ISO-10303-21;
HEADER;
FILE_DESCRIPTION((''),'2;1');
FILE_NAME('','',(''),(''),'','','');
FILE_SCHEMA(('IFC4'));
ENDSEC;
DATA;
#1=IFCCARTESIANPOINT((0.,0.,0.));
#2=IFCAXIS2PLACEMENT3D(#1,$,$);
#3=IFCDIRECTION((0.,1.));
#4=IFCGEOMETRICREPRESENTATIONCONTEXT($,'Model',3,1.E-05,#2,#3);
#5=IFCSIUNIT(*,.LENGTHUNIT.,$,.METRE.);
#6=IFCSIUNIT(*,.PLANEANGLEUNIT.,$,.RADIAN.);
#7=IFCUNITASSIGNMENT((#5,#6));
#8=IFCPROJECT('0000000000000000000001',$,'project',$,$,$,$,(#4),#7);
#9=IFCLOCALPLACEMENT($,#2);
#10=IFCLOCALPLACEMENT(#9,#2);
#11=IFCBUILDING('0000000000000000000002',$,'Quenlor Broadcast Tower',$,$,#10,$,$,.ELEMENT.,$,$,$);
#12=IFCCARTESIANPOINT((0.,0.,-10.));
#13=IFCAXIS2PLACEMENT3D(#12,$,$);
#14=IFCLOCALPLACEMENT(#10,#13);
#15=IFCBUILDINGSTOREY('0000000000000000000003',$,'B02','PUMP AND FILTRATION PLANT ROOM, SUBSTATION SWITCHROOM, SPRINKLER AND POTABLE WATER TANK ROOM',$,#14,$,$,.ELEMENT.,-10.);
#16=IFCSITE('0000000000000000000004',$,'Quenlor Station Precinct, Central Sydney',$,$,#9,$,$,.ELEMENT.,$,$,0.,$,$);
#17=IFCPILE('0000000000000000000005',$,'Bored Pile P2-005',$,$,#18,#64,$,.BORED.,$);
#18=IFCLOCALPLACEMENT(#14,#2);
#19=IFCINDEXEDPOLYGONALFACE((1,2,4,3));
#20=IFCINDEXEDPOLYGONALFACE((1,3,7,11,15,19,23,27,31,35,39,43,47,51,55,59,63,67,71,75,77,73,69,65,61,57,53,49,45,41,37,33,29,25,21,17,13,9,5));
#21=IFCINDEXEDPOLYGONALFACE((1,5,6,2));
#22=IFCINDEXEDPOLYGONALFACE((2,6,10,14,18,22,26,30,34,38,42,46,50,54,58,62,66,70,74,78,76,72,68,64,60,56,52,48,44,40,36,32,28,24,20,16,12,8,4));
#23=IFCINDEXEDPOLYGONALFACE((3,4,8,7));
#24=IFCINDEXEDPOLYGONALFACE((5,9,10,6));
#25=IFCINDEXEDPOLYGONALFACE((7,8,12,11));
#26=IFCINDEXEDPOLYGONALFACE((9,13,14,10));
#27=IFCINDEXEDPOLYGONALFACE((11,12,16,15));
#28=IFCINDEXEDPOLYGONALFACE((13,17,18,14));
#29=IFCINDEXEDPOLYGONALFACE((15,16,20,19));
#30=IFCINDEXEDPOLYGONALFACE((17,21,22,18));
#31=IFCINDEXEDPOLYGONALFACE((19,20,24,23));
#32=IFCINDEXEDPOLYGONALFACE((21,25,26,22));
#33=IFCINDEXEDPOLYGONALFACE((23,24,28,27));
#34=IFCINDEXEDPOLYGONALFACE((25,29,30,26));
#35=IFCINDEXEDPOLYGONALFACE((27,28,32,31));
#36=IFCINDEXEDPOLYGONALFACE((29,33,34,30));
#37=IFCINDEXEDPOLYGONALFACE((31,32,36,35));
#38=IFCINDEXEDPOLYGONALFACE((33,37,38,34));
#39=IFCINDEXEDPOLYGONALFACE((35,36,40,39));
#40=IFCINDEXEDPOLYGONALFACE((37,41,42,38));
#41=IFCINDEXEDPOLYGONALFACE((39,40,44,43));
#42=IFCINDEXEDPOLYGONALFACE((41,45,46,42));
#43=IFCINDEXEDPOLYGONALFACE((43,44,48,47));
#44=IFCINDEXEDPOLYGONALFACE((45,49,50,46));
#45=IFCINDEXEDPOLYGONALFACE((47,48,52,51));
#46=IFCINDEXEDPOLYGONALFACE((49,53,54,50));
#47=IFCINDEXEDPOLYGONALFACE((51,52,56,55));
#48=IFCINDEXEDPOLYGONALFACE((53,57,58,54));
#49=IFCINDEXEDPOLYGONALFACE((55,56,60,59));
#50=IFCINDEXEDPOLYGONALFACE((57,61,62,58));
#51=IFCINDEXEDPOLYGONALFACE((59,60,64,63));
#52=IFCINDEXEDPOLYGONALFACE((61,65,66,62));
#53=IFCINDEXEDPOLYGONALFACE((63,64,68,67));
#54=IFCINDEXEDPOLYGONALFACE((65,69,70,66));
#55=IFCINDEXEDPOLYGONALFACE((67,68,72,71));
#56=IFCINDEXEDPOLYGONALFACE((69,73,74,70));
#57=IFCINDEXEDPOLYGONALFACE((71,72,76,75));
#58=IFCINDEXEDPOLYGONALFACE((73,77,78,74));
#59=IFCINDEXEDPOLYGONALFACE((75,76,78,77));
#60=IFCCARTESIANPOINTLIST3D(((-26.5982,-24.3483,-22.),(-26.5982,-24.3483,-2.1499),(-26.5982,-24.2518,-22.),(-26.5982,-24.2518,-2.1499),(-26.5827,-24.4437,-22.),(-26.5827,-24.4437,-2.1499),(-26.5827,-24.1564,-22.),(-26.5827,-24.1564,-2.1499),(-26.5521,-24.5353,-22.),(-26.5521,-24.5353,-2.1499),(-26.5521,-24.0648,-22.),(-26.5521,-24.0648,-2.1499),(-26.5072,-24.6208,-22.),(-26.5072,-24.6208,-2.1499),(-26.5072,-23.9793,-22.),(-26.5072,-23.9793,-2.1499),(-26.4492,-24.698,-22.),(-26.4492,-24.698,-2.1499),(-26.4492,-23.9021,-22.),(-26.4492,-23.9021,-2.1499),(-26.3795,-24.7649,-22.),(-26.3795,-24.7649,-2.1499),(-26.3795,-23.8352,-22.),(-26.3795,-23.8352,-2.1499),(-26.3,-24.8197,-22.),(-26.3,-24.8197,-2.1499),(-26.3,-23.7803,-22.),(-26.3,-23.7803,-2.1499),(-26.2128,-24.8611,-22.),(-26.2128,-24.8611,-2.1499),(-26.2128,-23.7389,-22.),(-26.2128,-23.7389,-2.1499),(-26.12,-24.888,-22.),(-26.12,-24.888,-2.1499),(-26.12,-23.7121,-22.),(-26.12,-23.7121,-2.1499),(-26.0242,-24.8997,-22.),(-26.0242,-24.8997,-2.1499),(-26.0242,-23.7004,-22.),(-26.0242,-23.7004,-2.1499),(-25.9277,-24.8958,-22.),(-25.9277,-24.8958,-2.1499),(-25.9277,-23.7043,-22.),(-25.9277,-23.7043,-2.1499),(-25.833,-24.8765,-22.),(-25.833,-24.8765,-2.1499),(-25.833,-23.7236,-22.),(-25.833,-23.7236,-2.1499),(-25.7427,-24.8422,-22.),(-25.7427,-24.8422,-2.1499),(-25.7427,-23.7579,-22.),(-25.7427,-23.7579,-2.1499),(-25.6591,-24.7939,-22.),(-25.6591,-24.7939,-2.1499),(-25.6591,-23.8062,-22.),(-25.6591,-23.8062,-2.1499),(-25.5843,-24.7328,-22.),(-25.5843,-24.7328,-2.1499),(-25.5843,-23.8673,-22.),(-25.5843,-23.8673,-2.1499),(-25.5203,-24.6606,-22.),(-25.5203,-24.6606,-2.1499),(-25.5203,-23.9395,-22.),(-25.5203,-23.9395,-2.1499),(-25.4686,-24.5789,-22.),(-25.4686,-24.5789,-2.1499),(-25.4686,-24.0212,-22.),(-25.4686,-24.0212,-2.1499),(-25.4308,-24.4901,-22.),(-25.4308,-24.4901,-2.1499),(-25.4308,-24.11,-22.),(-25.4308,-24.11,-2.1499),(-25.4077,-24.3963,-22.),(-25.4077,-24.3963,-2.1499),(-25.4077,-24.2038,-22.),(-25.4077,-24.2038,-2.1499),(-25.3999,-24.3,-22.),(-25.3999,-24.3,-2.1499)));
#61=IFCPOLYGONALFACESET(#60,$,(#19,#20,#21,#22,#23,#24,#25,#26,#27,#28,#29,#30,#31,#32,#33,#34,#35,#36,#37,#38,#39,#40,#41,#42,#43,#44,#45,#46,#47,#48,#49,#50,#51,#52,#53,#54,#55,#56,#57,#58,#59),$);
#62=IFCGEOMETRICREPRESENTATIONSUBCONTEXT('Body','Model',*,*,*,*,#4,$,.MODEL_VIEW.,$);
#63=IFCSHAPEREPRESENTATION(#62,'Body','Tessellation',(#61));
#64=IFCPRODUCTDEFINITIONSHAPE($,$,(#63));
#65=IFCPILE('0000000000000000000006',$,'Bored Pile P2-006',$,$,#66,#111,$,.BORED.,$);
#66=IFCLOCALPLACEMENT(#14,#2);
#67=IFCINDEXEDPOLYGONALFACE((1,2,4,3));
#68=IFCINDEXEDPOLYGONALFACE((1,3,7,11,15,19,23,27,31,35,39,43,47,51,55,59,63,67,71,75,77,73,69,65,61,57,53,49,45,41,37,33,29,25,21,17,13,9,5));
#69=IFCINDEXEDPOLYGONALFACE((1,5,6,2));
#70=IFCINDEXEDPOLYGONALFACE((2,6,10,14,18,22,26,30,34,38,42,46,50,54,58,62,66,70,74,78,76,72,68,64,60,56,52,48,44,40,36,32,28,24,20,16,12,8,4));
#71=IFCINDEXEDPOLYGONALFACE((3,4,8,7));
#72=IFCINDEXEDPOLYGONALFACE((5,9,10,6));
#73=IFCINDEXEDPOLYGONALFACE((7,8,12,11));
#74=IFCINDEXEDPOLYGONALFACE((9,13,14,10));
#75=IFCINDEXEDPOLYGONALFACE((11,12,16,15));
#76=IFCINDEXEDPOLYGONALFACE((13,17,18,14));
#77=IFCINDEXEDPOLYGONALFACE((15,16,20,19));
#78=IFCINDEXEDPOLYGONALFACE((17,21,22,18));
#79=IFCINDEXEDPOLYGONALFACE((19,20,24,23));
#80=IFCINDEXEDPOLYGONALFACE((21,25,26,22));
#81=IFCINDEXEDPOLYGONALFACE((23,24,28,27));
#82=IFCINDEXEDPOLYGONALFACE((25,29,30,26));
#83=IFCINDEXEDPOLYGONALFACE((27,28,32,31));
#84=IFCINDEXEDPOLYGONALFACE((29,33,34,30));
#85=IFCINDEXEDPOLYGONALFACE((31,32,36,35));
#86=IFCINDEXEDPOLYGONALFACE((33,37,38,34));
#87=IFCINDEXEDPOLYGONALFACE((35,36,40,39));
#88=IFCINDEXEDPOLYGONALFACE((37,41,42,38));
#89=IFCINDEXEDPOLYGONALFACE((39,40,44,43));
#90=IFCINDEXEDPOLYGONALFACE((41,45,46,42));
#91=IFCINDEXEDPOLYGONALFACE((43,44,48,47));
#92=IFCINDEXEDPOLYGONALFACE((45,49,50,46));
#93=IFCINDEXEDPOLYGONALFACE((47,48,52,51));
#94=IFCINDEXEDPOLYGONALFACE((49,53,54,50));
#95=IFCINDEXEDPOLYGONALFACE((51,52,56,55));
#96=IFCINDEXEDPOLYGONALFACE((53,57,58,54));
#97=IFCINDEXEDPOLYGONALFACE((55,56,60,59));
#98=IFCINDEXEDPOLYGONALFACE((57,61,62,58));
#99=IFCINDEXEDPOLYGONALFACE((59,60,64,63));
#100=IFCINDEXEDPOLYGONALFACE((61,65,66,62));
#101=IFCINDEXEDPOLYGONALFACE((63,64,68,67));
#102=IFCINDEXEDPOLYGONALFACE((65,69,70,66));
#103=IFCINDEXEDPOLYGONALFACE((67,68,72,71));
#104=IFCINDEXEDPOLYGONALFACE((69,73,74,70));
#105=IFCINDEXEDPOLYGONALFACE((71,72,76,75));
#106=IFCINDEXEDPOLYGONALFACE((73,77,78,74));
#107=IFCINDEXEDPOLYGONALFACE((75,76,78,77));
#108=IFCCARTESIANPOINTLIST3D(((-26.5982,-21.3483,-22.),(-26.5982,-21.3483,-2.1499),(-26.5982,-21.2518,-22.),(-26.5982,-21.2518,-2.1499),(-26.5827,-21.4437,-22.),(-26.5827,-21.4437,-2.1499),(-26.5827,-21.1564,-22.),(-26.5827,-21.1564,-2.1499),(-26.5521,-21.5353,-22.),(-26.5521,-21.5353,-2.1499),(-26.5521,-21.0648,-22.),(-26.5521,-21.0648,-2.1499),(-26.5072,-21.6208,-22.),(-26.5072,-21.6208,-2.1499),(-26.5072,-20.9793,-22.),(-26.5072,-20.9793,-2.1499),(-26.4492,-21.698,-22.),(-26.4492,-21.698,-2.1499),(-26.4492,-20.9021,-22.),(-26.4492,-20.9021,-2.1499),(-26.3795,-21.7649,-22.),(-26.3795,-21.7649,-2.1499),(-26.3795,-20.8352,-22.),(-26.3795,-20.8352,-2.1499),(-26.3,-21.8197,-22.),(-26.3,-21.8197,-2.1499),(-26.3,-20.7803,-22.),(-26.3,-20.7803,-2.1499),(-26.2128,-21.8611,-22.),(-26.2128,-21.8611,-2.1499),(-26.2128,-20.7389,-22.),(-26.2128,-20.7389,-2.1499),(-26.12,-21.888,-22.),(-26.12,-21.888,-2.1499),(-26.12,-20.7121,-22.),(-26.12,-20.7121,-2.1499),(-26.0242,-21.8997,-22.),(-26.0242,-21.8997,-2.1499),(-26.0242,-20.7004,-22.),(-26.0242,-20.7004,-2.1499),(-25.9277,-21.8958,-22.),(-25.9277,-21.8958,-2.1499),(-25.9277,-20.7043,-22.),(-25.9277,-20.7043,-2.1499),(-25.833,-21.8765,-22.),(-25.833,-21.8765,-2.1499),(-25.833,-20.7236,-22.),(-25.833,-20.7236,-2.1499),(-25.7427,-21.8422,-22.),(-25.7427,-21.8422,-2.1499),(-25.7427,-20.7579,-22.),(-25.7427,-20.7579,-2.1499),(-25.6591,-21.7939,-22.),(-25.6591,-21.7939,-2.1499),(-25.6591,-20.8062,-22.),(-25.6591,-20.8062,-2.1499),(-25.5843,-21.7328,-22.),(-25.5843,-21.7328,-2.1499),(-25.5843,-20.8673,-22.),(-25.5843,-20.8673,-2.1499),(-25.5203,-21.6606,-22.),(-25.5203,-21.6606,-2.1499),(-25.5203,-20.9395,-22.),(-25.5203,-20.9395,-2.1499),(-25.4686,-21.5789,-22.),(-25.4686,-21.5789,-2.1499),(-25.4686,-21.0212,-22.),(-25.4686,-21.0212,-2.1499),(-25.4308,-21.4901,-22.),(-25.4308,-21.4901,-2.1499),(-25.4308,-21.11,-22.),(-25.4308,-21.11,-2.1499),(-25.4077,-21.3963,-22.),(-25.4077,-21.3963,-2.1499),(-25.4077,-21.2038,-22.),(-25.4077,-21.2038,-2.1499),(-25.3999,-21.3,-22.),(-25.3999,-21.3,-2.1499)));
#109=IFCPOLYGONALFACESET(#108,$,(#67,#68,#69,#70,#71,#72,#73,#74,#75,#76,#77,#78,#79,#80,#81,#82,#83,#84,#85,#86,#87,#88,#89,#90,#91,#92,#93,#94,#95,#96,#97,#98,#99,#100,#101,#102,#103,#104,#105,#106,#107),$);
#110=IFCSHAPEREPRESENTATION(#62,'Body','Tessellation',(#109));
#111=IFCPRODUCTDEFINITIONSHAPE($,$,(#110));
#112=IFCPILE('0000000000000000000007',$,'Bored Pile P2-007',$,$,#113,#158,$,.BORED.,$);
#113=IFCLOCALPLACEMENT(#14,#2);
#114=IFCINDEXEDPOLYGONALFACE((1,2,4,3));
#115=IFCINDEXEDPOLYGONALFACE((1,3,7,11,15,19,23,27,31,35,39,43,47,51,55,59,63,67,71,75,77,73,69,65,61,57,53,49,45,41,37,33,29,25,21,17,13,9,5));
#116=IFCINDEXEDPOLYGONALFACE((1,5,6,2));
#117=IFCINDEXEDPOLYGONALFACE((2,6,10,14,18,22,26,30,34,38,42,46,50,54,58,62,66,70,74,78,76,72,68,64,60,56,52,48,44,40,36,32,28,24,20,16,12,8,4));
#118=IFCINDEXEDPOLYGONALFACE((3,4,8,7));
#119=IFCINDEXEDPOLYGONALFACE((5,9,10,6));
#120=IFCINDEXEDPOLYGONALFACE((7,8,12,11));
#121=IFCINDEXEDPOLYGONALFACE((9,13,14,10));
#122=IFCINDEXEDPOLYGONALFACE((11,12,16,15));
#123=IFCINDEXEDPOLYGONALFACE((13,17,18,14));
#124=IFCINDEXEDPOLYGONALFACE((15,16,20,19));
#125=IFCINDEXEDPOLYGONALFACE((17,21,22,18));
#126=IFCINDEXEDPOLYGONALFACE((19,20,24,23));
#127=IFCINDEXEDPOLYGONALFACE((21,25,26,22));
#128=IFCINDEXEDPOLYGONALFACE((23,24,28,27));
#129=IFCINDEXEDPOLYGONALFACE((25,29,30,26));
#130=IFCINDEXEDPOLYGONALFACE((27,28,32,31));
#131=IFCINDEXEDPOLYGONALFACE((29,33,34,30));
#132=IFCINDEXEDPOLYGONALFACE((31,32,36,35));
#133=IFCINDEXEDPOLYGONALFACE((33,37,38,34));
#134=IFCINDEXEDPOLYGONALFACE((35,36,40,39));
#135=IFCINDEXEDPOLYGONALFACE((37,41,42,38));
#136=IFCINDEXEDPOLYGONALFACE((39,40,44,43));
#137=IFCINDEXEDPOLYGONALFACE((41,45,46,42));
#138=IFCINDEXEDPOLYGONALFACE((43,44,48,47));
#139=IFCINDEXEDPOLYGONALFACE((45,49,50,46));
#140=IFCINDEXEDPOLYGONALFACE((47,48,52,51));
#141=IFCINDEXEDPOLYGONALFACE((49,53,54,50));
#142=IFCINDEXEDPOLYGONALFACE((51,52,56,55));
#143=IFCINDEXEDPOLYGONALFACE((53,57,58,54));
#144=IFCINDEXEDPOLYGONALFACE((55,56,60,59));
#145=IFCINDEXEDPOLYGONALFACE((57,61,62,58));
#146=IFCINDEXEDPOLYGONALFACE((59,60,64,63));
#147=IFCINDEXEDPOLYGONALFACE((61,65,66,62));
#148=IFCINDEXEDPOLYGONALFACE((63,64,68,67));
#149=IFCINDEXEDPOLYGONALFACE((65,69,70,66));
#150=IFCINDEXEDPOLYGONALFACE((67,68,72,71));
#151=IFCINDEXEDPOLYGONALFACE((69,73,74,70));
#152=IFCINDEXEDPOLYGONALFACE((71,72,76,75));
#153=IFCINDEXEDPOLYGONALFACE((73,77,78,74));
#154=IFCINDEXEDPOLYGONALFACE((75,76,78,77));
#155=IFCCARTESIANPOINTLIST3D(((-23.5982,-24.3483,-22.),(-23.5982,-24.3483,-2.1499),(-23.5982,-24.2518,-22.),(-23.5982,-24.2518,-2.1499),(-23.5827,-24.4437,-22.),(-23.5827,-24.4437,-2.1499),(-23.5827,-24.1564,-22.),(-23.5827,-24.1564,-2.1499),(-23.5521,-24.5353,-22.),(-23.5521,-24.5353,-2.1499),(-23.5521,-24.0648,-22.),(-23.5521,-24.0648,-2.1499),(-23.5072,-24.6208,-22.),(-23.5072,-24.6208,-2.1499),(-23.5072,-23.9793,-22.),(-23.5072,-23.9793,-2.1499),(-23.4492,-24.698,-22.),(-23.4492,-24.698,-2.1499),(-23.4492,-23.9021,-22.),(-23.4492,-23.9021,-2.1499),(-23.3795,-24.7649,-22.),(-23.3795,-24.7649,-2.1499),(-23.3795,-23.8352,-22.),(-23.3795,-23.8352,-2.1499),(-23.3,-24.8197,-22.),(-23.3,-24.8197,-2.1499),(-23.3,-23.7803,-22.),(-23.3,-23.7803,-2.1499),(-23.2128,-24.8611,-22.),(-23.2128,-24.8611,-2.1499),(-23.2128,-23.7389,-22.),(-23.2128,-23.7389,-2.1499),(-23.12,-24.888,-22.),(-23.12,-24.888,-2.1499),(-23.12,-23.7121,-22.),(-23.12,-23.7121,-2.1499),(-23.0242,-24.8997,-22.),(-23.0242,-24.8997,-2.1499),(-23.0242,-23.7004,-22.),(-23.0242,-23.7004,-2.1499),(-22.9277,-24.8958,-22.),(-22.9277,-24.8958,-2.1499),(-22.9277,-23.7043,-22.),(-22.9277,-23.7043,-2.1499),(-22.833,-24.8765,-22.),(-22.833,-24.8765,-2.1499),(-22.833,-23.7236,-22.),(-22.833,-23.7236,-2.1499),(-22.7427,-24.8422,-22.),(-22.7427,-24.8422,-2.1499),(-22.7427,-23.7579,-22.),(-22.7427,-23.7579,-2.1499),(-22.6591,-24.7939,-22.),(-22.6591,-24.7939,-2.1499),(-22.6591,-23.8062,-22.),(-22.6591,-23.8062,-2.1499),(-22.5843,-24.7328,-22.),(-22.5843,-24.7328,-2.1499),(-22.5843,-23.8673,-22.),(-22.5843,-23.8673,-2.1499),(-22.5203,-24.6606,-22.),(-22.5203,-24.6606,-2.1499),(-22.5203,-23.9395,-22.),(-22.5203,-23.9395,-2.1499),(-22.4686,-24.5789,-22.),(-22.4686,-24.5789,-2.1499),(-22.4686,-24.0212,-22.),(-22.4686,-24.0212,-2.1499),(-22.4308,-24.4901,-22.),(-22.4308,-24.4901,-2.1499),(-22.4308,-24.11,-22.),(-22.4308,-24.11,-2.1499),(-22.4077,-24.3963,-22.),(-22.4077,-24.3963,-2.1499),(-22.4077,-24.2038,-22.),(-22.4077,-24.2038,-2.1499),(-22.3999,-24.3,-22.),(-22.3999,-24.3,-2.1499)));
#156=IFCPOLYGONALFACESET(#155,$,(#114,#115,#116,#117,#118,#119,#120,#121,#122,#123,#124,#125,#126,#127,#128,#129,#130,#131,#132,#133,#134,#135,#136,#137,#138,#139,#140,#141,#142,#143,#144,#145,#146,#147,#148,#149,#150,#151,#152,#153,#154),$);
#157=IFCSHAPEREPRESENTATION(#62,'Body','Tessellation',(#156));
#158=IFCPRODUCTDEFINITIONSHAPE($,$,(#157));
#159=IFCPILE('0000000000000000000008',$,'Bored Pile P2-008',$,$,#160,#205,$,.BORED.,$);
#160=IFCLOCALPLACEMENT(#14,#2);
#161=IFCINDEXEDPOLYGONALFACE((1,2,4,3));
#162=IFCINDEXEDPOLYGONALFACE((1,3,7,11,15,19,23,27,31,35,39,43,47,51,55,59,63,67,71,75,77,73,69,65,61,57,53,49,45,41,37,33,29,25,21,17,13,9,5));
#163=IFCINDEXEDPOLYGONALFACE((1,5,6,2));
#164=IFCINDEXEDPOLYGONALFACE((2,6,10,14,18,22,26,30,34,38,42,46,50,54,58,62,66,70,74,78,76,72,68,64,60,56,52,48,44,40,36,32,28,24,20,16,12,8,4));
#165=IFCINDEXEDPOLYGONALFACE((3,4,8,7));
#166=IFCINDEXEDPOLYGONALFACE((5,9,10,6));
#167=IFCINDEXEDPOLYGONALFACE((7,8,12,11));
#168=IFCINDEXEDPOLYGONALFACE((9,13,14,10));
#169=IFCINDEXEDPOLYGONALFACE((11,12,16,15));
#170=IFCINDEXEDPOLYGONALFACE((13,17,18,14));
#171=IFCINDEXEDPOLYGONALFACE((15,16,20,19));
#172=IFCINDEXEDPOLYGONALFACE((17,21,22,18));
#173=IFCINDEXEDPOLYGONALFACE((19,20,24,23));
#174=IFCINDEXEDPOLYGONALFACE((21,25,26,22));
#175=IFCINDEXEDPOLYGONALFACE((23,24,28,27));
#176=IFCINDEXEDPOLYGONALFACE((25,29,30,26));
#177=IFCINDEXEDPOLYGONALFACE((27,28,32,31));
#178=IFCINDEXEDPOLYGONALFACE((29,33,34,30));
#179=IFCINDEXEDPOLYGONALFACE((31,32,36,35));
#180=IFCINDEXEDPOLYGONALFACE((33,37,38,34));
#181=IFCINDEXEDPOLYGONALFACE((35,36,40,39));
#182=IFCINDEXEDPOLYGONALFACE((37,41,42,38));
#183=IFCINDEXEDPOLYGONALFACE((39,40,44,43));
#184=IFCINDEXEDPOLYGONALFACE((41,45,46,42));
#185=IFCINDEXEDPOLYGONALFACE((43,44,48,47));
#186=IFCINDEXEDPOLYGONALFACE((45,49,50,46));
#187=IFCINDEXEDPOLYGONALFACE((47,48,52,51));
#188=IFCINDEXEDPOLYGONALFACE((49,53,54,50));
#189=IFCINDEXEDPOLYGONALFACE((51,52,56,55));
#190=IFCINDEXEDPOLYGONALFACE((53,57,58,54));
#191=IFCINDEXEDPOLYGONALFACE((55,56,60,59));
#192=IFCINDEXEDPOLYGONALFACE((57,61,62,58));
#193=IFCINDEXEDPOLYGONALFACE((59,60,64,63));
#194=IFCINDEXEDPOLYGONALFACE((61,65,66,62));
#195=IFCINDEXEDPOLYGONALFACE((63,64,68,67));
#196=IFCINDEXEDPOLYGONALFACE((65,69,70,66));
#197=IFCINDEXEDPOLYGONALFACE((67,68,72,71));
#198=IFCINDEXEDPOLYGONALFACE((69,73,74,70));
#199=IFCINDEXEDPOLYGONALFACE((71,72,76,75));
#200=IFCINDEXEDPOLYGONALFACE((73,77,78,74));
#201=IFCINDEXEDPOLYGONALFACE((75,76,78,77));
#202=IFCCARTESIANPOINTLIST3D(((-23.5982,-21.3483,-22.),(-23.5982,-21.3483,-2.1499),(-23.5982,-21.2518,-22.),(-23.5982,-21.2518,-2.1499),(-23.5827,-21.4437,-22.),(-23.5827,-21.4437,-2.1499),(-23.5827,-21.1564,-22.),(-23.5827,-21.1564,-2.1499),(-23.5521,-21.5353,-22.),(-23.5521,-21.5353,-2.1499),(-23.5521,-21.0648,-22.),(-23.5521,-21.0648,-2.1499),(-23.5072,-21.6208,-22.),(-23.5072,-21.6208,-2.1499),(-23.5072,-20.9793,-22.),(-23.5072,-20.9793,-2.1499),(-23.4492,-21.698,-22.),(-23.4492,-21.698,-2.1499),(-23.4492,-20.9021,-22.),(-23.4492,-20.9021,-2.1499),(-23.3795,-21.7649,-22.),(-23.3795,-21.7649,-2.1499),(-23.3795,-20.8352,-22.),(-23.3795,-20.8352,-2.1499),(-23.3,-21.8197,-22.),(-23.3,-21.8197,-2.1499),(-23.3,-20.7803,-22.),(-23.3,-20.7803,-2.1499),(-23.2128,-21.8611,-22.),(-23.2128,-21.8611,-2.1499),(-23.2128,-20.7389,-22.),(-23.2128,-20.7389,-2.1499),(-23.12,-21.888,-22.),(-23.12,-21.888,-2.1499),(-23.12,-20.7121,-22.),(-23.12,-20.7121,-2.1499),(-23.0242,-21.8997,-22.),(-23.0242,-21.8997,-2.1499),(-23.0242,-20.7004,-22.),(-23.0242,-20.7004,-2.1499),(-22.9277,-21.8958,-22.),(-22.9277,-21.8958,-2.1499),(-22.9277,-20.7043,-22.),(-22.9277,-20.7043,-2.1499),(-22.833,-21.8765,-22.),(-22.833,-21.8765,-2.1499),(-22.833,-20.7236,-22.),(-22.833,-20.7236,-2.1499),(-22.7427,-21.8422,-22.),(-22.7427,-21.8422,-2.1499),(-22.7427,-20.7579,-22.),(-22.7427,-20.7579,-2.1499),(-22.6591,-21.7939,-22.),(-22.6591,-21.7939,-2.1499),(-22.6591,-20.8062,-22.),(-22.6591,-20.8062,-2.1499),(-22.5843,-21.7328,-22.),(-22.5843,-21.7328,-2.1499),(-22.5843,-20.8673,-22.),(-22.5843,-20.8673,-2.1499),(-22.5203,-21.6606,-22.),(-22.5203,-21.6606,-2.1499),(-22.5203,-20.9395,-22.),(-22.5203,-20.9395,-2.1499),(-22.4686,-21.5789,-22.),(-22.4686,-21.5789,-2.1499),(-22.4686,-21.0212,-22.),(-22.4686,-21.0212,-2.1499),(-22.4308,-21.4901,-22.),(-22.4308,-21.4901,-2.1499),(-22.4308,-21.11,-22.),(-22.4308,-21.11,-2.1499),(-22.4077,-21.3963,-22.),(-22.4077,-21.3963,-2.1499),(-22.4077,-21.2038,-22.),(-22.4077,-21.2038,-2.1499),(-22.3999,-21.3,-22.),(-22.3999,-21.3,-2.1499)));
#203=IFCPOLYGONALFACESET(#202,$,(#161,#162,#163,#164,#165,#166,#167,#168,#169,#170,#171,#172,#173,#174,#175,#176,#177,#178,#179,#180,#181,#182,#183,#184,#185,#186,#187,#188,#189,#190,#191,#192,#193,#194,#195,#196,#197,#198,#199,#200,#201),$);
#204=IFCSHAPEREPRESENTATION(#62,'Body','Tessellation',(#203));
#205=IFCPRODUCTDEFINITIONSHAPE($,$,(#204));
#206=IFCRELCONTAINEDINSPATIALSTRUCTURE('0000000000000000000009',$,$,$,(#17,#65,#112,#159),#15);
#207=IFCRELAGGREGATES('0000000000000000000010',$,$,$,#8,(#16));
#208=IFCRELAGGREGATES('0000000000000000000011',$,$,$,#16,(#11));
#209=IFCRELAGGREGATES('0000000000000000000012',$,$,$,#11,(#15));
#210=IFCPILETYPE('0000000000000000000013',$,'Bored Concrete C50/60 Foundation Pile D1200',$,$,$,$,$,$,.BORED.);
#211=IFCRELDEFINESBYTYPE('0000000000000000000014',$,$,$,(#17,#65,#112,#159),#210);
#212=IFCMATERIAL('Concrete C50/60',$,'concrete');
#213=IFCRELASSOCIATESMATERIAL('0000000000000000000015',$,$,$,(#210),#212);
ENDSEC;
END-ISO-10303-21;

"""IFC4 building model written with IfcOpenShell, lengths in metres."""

from ifc_helpers import new_model, si_unit, direction, frame, origin, origin_2d, place, context, subcontext, project, spatial, circle, extrude, material, material_profile, profile_set, type_object, element, save


model = new_model("IFC4")

# Units and contexts
model_context = context("Model", 3, precision=1e-05, world=origin(), true_north=direction((0.0, 1.0)))
body_context = subcontext(model_context, "Body", "Model", "MODEL_VIEW")
ifc_project = project(units=[si_unit("LENGTHUNIT", "METRE"), si_unit("PLANEANGLEUNIT", "RADIAN")], contexts=[model_context])

# Site, building, storey
site_placement = place(None, origin())
site = spatial("IfcSite", under=ifc_project, at=site_placement, Name="Quenlor Station Precinct, Central Sydney", CompositionType="ELEMENT", RefElevation=0.0)
building_placement = place(site_placement, origin())
building = spatial("IfcBuilding", under=site, at=building_placement, Name="Quenlor Broadcast Tower", CompositionType="ELEMENT")
storey_placement = place(building_placement, frame((0.0, 0.0, -10.0)))
storey = spatial("IfcBuildingStorey", under=building, at=storey_placement, Name="B02", Description="PUMP AND FILTRATION PLANT ROOM, SUBSTATION SWITCHROOM, SPRINKLER AND POTABLE WATER TANK ROOM", CompositionType="ELEMENT", Elevation=-10.0)

# Piles
ifc_material_1 = material(Name="Concrete C50/60", Category="concrete")
ifc_material_profile_1 = material_profile(ifc_material_1, circle(Radius=0.6001, at=origin_2d()))
ifc_profile_set_1 = profile_set([ifc_material_profile_1], Name="Concrete C50/60 PILE1200")
pile_type = type_object("IfcPileType", Name="Bored Concrete C50/60 Foundation Pile D1200", PredefinedType="BORED", material=ifc_profile_set_1)
for number, where, z_axis, x_axis, name in (
    (1, (-26.0, -24.3, -2.1499), (0.0, 0.0, -1.0), (1.0, 0.0, 0.0), "Bored Pile P2-005"),
    (2, (-26.0, -21.3, -2.1499), (0.0, 0.0, -1.0), (1.0, 0.0, 0.0), "Bored Pile P2-006"),
    (3, (-23.0, -24.3, -2.1499), (0.0, 0.0, -1.0), (1.0, 0.0, 0.0), "Bored Pile P2-007"),
    (4, (-23.0, -21.3, -2.1499), (0.0, 0.0, -1.0), (1.0, 0.0, 0.0), "Bored Pile P2-008"),
):
    element("IfcPile", number, at=place(storey_placement, frame(where, z_axis=z_axis, x_axis=x_axis)), inside=storey, type_object=pile_type, Name=name, PredefinedType="BORED", context=body_context, shape_type="SweptSolid", body=[
        extrude(circle(Radius=0.6001, at=origin_2d()), origin(), (0.0, 0.0, 1.0), 19.8501),
    ])

save(model, "model.ifc")
